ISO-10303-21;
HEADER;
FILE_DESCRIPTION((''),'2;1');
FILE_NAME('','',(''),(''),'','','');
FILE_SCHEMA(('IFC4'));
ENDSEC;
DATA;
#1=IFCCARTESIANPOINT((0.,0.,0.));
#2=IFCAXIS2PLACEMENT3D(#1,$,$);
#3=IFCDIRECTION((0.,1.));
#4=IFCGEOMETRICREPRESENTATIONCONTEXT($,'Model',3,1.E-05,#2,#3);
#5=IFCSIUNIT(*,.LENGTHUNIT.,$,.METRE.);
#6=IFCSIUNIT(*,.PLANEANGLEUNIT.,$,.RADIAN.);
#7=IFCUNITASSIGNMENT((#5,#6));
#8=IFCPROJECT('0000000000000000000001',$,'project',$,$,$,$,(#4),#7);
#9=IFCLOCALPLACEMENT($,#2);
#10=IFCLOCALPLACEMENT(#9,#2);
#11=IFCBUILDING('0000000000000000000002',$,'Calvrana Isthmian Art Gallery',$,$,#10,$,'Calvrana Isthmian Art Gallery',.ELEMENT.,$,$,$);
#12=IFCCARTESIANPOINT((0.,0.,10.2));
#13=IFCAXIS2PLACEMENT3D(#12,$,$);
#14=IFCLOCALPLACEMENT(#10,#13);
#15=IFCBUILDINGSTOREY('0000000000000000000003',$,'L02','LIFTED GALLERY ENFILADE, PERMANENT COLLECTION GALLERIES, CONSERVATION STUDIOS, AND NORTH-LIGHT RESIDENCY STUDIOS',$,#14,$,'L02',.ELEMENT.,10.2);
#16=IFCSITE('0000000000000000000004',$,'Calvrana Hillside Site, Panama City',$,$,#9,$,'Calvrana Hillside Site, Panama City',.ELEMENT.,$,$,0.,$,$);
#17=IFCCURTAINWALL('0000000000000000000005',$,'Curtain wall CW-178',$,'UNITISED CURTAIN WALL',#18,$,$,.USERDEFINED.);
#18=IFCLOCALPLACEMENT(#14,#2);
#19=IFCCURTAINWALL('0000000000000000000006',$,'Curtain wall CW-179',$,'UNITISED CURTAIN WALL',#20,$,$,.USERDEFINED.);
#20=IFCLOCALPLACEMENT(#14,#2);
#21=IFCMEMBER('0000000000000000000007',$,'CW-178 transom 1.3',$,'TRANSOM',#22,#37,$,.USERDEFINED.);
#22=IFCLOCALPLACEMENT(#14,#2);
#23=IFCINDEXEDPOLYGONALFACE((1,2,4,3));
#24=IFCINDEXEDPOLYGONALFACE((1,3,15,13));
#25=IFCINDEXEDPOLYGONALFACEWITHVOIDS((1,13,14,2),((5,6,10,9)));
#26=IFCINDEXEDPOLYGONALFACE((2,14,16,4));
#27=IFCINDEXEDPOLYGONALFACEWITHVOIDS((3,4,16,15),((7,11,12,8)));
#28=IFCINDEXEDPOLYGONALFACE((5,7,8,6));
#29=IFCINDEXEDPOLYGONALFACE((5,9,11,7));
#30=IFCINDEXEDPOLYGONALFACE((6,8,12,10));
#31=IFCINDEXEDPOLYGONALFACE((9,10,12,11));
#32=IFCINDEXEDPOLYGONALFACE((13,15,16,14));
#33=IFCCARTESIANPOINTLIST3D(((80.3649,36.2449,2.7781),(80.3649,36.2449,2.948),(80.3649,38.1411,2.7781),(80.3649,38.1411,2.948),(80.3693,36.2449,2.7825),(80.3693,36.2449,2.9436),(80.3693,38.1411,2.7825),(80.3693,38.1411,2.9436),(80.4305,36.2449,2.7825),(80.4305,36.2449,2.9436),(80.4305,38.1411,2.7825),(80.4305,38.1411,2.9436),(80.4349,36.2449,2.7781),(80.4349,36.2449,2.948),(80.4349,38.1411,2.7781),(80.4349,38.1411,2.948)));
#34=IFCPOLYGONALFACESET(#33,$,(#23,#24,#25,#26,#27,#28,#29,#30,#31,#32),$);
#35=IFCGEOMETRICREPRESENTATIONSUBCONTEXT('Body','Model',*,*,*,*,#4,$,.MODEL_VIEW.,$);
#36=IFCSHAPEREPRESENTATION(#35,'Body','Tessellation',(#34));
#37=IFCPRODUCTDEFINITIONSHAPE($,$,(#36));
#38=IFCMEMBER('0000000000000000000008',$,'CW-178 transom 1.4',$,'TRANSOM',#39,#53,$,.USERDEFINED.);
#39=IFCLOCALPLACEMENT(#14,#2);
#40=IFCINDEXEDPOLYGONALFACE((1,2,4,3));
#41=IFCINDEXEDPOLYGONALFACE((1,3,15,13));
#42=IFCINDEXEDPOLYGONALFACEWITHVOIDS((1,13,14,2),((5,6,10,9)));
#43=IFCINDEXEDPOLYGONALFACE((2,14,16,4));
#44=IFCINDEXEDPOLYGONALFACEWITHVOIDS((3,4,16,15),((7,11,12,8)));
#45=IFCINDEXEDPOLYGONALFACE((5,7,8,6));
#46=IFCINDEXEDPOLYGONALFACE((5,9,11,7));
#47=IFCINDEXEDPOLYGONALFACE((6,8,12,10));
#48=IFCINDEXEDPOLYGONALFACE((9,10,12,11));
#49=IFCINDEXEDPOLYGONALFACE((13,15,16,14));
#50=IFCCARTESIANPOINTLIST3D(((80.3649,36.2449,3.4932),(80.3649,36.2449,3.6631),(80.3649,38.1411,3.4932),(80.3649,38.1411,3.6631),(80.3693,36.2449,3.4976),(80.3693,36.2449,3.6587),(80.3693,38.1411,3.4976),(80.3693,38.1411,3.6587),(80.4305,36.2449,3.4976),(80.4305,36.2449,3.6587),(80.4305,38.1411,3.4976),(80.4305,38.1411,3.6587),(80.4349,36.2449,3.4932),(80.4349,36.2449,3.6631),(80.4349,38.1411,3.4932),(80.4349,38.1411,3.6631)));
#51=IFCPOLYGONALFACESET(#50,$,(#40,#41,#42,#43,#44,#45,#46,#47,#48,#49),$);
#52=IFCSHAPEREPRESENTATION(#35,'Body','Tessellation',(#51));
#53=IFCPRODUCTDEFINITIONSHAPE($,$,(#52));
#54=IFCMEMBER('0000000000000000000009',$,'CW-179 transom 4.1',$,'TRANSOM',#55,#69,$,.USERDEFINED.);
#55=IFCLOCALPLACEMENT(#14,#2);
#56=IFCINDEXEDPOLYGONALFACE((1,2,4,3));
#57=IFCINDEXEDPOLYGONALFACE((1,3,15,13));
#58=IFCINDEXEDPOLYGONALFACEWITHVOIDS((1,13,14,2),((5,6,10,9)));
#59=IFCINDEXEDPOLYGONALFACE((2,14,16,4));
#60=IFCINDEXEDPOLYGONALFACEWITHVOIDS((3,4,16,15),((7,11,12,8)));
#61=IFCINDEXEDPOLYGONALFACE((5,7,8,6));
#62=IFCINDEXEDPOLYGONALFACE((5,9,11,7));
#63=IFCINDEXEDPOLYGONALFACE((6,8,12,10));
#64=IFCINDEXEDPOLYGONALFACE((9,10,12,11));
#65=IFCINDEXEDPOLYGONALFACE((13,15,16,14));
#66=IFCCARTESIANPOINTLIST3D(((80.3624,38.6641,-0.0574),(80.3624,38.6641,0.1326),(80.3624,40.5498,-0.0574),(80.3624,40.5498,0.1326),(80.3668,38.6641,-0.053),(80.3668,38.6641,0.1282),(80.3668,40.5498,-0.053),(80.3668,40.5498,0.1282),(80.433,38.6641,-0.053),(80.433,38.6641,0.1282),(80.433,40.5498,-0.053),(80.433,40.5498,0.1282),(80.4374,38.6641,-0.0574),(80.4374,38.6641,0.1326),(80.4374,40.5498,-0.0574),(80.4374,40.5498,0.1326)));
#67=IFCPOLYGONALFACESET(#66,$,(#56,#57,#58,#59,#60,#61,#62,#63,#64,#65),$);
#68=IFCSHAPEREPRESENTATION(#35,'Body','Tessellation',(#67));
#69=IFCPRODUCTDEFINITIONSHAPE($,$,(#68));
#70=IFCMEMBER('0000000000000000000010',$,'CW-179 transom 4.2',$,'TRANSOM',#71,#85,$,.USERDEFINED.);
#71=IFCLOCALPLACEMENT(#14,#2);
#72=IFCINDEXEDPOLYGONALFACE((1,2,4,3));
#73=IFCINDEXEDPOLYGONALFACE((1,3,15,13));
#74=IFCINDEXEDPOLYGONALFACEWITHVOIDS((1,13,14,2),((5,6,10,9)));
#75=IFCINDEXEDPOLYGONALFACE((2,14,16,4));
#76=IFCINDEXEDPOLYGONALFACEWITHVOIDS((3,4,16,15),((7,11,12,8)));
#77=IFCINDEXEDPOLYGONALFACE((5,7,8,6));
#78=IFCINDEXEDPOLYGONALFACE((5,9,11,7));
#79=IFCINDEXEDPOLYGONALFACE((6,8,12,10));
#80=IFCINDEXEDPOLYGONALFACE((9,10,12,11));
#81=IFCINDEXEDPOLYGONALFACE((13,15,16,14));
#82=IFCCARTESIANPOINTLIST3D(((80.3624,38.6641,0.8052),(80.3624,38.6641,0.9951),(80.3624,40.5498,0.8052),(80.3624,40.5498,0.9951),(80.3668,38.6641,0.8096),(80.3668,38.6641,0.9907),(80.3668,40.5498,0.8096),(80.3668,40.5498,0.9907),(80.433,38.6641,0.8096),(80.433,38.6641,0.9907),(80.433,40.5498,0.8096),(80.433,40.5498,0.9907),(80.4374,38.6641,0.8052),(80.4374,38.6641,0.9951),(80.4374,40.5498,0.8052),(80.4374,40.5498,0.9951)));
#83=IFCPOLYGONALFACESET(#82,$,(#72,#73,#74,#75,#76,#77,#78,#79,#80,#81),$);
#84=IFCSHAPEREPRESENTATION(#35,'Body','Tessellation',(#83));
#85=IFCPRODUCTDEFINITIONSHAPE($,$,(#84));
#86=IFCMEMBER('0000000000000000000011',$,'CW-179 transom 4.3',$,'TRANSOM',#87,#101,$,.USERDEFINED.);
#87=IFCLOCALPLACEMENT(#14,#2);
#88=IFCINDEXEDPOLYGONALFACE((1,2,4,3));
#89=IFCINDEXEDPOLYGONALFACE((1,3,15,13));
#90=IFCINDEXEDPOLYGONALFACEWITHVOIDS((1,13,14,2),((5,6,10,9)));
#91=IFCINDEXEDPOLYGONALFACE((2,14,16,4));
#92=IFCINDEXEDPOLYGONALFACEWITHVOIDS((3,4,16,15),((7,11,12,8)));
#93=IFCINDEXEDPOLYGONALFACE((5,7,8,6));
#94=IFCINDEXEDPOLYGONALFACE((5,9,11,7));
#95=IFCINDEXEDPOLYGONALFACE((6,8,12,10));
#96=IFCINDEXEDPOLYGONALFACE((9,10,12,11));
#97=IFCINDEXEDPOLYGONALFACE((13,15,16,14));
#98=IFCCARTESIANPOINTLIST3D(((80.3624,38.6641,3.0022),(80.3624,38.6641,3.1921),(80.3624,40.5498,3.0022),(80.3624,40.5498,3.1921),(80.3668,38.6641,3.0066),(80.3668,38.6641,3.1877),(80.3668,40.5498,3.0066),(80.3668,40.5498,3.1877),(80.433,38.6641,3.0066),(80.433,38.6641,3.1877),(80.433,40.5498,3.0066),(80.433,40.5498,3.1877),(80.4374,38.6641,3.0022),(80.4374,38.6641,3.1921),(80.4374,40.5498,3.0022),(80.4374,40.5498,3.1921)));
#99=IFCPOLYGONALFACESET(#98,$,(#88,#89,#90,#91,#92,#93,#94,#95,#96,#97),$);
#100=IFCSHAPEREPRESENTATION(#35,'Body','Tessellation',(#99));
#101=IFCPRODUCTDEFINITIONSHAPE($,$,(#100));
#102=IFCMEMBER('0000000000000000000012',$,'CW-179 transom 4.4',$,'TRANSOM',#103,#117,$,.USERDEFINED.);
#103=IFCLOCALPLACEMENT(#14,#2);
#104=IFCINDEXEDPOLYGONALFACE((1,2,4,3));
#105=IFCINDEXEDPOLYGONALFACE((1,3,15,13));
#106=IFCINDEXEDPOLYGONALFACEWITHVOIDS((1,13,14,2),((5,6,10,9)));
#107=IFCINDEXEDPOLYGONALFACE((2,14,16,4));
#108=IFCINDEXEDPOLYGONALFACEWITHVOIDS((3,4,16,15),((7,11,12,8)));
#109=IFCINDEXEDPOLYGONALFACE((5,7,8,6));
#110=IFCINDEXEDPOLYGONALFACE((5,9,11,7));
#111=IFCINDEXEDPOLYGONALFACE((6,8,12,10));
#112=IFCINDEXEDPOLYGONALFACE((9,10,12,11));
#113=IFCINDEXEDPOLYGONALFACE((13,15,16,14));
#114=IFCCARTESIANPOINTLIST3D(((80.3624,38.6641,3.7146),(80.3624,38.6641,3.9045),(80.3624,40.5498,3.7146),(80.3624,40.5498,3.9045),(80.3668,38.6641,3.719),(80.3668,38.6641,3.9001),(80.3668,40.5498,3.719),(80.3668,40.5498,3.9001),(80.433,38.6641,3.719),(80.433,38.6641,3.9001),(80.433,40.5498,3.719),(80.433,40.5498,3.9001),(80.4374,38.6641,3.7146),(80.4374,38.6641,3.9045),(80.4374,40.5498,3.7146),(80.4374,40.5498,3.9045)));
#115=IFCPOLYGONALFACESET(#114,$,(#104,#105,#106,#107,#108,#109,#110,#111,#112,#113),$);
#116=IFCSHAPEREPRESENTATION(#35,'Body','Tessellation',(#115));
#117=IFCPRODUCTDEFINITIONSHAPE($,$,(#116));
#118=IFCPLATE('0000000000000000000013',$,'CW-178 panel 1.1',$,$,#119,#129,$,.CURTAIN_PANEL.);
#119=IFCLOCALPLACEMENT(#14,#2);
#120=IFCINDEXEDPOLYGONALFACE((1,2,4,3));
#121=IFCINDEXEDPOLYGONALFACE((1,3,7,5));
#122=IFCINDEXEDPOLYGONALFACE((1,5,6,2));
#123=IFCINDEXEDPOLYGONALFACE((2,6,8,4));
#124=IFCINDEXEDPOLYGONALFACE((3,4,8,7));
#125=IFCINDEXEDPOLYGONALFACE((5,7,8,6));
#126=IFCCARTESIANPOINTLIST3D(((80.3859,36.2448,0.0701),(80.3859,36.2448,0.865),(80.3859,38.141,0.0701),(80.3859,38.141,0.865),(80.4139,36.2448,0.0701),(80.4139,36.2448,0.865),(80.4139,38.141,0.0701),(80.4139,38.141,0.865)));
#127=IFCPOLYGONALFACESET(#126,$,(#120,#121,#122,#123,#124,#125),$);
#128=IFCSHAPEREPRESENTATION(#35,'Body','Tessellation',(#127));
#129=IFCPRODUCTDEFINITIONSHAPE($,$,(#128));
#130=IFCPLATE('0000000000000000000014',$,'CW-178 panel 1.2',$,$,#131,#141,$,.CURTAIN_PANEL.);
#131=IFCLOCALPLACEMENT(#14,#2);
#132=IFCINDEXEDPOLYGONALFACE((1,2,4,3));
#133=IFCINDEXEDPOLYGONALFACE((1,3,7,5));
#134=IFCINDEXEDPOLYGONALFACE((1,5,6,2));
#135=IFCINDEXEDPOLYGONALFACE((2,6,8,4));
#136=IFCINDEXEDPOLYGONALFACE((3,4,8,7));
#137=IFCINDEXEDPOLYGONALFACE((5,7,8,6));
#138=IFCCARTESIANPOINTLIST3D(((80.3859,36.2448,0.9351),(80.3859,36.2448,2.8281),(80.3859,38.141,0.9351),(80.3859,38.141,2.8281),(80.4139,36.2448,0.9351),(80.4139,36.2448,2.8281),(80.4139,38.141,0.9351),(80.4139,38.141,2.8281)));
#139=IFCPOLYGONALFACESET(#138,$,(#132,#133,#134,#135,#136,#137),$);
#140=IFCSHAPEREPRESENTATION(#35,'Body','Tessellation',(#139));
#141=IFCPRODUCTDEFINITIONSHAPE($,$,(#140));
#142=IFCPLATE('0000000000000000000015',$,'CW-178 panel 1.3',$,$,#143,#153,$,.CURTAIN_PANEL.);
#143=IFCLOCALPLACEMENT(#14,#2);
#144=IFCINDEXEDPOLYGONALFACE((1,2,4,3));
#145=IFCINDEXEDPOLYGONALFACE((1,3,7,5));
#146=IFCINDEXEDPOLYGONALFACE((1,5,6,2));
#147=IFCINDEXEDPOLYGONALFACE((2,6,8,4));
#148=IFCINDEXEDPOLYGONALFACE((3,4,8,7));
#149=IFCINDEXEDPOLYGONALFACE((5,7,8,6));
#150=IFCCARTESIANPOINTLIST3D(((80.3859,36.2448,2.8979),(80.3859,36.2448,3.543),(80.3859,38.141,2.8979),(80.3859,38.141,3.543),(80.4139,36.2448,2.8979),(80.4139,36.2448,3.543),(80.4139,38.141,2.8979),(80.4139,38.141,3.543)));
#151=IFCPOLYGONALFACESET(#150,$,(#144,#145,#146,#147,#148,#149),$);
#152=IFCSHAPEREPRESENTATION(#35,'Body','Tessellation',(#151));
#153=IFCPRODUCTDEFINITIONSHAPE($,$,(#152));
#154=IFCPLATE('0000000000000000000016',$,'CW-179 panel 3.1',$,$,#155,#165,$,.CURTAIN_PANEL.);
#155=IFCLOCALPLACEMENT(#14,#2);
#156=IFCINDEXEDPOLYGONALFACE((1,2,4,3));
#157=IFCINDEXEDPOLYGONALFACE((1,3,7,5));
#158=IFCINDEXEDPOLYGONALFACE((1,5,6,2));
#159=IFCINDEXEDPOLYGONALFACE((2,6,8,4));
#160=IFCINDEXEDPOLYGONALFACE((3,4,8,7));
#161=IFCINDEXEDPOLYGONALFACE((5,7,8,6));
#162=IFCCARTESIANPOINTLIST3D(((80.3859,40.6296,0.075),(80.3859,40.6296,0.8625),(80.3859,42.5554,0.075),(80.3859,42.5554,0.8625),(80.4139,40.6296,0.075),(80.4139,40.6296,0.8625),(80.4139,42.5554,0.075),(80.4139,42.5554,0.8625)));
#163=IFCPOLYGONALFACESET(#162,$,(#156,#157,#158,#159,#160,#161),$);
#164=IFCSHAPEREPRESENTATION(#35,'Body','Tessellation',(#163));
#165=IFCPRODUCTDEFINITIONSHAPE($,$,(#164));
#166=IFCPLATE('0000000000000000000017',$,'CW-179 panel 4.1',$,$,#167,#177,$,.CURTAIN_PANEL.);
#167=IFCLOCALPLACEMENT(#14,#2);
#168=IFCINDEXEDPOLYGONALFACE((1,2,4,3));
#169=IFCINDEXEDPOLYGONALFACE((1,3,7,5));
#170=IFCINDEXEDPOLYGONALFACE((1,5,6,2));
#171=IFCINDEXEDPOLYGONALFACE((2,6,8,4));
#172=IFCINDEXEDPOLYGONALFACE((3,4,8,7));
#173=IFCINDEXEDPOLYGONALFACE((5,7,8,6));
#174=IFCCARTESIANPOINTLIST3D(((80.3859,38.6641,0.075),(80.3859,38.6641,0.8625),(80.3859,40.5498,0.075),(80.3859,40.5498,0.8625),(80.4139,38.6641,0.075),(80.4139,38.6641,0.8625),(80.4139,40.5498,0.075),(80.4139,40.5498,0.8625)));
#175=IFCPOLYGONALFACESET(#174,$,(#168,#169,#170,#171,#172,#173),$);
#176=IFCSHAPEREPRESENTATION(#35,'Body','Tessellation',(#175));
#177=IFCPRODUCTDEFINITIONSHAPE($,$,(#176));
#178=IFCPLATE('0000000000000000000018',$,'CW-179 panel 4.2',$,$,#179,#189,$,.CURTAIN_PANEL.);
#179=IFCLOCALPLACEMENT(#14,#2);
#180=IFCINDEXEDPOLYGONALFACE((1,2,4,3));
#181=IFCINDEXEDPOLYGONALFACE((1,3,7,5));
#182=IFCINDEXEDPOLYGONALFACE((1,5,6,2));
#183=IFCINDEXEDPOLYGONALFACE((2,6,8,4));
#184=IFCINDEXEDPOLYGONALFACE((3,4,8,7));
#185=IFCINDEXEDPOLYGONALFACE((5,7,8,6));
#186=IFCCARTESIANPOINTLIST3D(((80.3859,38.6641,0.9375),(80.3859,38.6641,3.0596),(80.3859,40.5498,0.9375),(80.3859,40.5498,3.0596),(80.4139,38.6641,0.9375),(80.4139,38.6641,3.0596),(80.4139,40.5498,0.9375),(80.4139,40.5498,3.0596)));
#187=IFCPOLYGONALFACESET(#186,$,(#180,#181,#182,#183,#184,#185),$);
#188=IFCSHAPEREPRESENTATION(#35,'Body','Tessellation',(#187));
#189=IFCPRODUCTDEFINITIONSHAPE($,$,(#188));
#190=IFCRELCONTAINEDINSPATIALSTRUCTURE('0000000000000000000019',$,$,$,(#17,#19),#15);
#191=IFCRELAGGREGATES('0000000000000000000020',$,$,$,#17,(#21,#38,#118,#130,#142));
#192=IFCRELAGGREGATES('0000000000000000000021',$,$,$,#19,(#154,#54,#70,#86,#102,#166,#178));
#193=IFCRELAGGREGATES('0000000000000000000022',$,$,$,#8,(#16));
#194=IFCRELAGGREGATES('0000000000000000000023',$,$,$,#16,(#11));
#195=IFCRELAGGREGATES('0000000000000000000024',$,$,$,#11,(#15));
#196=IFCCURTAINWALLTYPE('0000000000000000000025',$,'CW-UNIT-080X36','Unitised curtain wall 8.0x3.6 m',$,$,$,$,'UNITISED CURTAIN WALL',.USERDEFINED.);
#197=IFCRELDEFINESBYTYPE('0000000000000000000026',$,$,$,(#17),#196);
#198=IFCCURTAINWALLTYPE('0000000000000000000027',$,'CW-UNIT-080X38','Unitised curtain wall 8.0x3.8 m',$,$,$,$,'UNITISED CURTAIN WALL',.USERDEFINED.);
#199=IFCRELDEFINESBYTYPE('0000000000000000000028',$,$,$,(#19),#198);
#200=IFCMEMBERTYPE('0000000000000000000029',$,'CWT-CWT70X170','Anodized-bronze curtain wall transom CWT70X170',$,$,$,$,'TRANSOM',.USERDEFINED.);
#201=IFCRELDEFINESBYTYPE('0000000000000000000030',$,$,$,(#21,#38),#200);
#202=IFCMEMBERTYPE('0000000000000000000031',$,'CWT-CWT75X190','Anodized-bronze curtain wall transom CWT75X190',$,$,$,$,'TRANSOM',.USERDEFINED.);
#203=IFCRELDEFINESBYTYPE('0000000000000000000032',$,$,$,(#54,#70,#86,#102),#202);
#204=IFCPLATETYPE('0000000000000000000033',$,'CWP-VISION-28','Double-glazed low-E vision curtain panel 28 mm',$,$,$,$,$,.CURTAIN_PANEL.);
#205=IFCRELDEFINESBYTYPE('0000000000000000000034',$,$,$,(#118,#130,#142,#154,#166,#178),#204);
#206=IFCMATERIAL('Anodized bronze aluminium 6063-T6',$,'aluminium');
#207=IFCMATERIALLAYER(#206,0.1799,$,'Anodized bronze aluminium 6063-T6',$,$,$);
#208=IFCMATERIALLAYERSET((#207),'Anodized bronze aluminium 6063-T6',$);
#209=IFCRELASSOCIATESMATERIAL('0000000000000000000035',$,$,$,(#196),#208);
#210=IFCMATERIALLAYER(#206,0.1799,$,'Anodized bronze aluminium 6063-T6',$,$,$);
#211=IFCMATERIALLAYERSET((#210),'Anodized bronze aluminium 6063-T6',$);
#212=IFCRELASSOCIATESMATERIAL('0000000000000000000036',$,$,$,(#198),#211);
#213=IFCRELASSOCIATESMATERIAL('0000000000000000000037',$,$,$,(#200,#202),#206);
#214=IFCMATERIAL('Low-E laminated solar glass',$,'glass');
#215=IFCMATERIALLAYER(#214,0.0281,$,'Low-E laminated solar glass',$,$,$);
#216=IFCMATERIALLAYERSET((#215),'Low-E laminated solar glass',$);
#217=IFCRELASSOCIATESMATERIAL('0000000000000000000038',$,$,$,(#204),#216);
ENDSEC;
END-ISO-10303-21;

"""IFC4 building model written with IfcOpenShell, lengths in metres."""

from ifc_helpers import new_model, si_unit, direction, frame, origin, origin_2d, place, context, subcontext, project, spatial, rectangle, hollow_rectangle, extrude, material, layer, layer_set, material_profile, profile_set, type_object, element, aggregate, save


model = new_model("IFC4")

# Units and contexts
model_context = context("Model", 3, precision=1e-05, world=origin(), true_north=direction((0.0, 1.0)))
body_context = subcontext(model_context, "Body", "Model", "MODEL_VIEW")
ifc_project = project(units=[si_unit("LENGTHUNIT", "METRE"), si_unit("PLANEANGLEUNIT", "RADIAN")], contexts=[model_context])

# Site, building, storey
site_placement = place(None, origin())
site = spatial("IfcSite", under=ifc_project, at=site_placement, Name="Calvrana Hillside Site, Panama City", LongName="Calvrana Hillside Site, Panama City", CompositionType="ELEMENT", RefElevation=0.0)
building_placement = place(site_placement, origin())
building = spatial("IfcBuilding", under=site, at=building_placement, Name="Calvrana Isthmian Art Gallery", LongName="Calvrana Isthmian Art Gallery", CompositionType="ELEMENT")
storey_placement = place(building_placement, frame((0.0, 0.0, 10.2)))
storey = spatial("IfcBuildingStorey", under=building, at=storey_placement, Name="L02", Description="LIFTED GALLERY ENFILADE, PERMANENT COLLECTION GALLERIES, CONSERVATION STUDIOS, AND NORTH-LIGHT RESIDENCY STUDIOS", LongName="L02", CompositionType="ELEMENT", Elevation=10.2)

# Curtain wall
ifc_material_1 = material(Name="Anodized bronze aluminium 6063-T6", Category="aluminium")
ifc_layer_1 = layer(ifc_material_1, 0.1799, Name="Anodized bronze aluminium 6063-T6")
ifc_layer_set_1 = layer_set([ifc_layer_1], Name="Anodized bronze aluminium 6063-T6")
curtain_wall_type_1 = type_object("IfcCurtainWallType", Name="CW-UNIT-080X36", Description="Unitised curtain wall 8.0x3.6 m", ElementType="UNITISED CURTAIN WALL", PredefinedType="USERDEFINED", material=ifc_layer_set_1)
curtain_wall_1_placement = place(storey_placement, origin())
curtain_wall_1 = element("IfcCurtainWall", 1, at=curtain_wall_1_placement, inside=storey, type_object=curtain_wall_type_1, Name="Curtain wall CW-178", ObjectType="UNITISED CURTAIN WALL", PredefinedType="USERDEFINED")

# Curtain wall
ifc_layer_2 = layer(ifc_material_1, 0.1799, Name="Anodized bronze aluminium 6063-T6")
ifc_layer_set_2 = layer_set([ifc_layer_2], Name="Anodized bronze aluminium 6063-T6")
curtain_wall_type_2 = type_object("IfcCurtainWallType", Name="CW-UNIT-080X38", Description="Unitised curtain wall 8.0x3.8 m", ElementType="UNITISED CURTAIN WALL", PredefinedType="USERDEFINED", material=ifc_layer_set_2)
curtain_wall_2_placement = place(storey_placement, origin())
curtain_wall_2 = element("IfcCurtainWall", 2, at=curtain_wall_2_placement, inside=storey, type_object=curtain_wall_type_2, Name="Curtain wall CW-179", ObjectType="UNITISED CURTAIN WALL", PredefinedType="USERDEFINED")

# Members
ifc_material_profile_1 = material_profile(ifc_material_1, hollow_rectangle(XDim=0.0701, YDim=0.1699, WallThickness=0.0044, at=origin_2d()), Name="CWT70X170")
ifc_profile_set_1 = profile_set([ifc_material_profile_1], Name="Anodized bronze aluminium 6063-T6")
member_type_1 = type_object("IfcMemberType", Name="CWT-CWT70X170", Description="Anodized-bronze curtain wall transom CWT70X170", ElementType="TRANSOM", PredefinedType="USERDEFINED", material=ifc_profile_set_1)
member_1_placement = place(storey_placement, frame((80.3999, 38.1411, 2.863), z_axis=(0.0, -1.0, 0.0), x_axis=(1.0, 0.0, 0.0)))
member_1 = element("IfcMember", 3, at=member_1_placement, type_object=member_type_1, Name="CW-178 transom 1.3", ObjectType="TRANSOM", PredefinedType="USERDEFINED", context=body_context, shape_type="SweptSolid", body=[
    extrude(hollow_rectangle(XDim=0.0701, YDim=0.1699, WallThickness=0.0044, at=origin_2d()), origin(), (0.0, 0.0, 1.0), 1.8962),
])
member_2_placement = place(storey_placement, frame((80.3999, 38.1411, 3.5781), z_axis=(0.0, -1.0, 0.0), x_axis=(1.0, 0.0, 0.0)))
member_2 = element("IfcMember", 4, at=member_2_placement, type_object=member_type_1, Name="CW-178 transom 1.4", ObjectType="TRANSOM", PredefinedType="USERDEFINED", context=body_context, shape_type="SweptSolid", body=[
    extrude(hollow_rectangle(XDim=0.0701, YDim=0.1699, WallThickness=0.0044, at=origin_2d()), origin(), (0.0, 0.0, 1.0), 1.8962),
])
ifc_material_profile_2 = material_profile(ifc_material_1, hollow_rectangle(XDim=0.075, YDim=0.1899, WallThickness=0.0044, at=origin_2d()), Name="CWT75X190")
ifc_profile_set_2 = profile_set([ifc_material_profile_2], Name="Anodized bronze aluminium 6063-T6")
member_type_2 = type_object("IfcMemberType", Name="CWT-CWT75X190", Description="Anodized-bronze curtain wall transom CWT75X190", ElementType="TRANSOM", PredefinedType="USERDEFINED", material=ifc_profile_set_2)
member_3_placement = place(storey_placement, frame((80.3999, 40.5498, 0.0376), z_axis=(0.0, -1.0, 0.0), x_axis=(1.0, 0.0, 0.0)))
member_3 = element("IfcMember", 5, at=member_3_placement, type_object=member_type_2, Name="CW-179 transom 4.1", ObjectType="TRANSOM", PredefinedType="USERDEFINED", context=body_context, shape_type="SweptSolid", body=[
    extrude(hollow_rectangle(XDim=0.075, YDim=0.1899, WallThickness=0.0044, at=origin_2d()), origin(), (0.0, 0.0, 1.0), 1.8857),
])
member_4_placement = place(storey_placement, frame((80.3999, 40.5498, 0.9001), z_axis=(0.0, -1.0, 0.0), x_axis=(1.0, 0.0, 0.0)))
member_4 = element("IfcMember", 6, at=member_4_placement, type_object=member_type_2, Name="CW-179 transom 4.2", ObjectType="TRANSOM", PredefinedType="USERDEFINED", context=body_context, shape_type="SweptSolid", body=[
    extrude(hollow_rectangle(XDim=0.075, YDim=0.1899, WallThickness=0.0044, at=origin_2d()), origin(), (0.0, 0.0, 1.0), 1.8857),
])
member_5_placement = place(storey_placement, frame((80.3999, 40.5498, 3.0972), z_axis=(0.0, -1.0, 0.0), x_axis=(1.0, 0.0, 0.0)))
member_5 = element("IfcMember", 7, at=member_5_placement, type_object=member_type_2, Name="CW-179 transom 4.3", ObjectType="TRANSOM", PredefinedType="USERDEFINED", context=body_context, shape_type="SweptSolid", body=[
    extrude(hollow_rectangle(XDim=0.075, YDim=0.1899, WallThickness=0.0044, at=origin_2d()), origin(), (0.0, 0.0, 1.0), 1.8857),
])
member_6_placement = place(storey_placement, frame((80.3999, 40.5498, 3.8096), z_axis=(0.0, -1.0, 0.0), x_axis=(1.0, 0.0, 0.0)))
member_6 = element("IfcMember", 8, at=member_6_placement, type_object=member_type_2, Name="CW-179 transom 4.4", ObjectType="TRANSOM", PredefinedType="USERDEFINED", context=body_context, shape_type="SweptSolid", body=[
    extrude(hollow_rectangle(XDim=0.075, YDim=0.1899, WallThickness=0.0044, at=origin_2d()), origin(), (0.0, 0.0, 1.0), 1.8857),
])

# Plates
ifc_material_2 = material(Name="Low-E laminated solar glass", Category="glass")
ifc_layer_3 = layer(ifc_material_2, 0.0281, Name="Low-E laminated solar glass")
ifc_layer_set_3 = layer_set([ifc_layer_3], Name="Low-E laminated solar glass")
plate_type = type_object("IfcPlateType", Name="CWP-VISION-28", Description="Double-glazed low-E vision curtain panel 28 mm", PredefinedType="CURTAIN_PANEL", material=ifc_layer_set_3)
plate_1_placement = place(storey_placement, frame((80.3999, 37.1929, 0.0701), z_axis=(0.0, 0.0, 1.0), x_axis=(0.0, -1.0, 0.0)))
plate_1 = element("IfcPlate", 9, at=plate_1_placement, type_object=plate_type, Name="CW-178 panel 1.1", PredefinedType="CURTAIN_PANEL", context=body_context, shape_type="SweptSolid", body=[
    extrude(rectangle(XDim=1.8962, YDim=0.0281, at=origin_2d()), origin(), (0.0, 0.0, 1.0), 0.7949),
])
plate_2_placement = place(storey_placement, frame((80.3999, 37.1929, 0.9351), z_axis=(0.0, 0.0, 1.0), x_axis=(0.0, -1.0, 0.0)))
plate_2 = element("IfcPlate", 10, at=plate_2_placement, type_object=plate_type, Name="CW-178 panel 1.2", PredefinedType="CURTAIN_PANEL", context=body_context, shape_type="SweptSolid", body=[
    extrude(rectangle(XDim=1.8962, YDim=0.0281, at=origin_2d()), origin(), (0.0, 0.0, 1.0), 1.8931),
])
plate_3_placement = place(storey_placement, frame((80.3999, 37.1929, 2.8979), z_axis=(0.0, 0.0, 1.0), x_axis=(0.0, -1.0, 0.0)))
plate_3 = element("IfcPlate", 11, at=plate_3_placement, type_object=plate_type, Name="CW-178 panel 1.3", PredefinedType="CURTAIN_PANEL", context=body_context, shape_type="SweptSolid", body=[
    extrude(rectangle(XDim=1.8962, YDim=0.0281, at=origin_2d()), origin(), (0.0, 0.0, 1.0), 0.645),
])
aggregate(curtain_wall_1, [member_1, member_2, plate_1, plate_2, plate_3])
plate_4_placement = place(storey_placement, frame((80.3999, 41.5925, 0.075), z_axis=(0.0, 0.0, 1.0), x_axis=(0.0, -1.0, 0.0)))
plate_4 = element("IfcPlate", 12, at=plate_4_placement, type_object=plate_type, Name="CW-179 panel 3.1", PredefinedType="CURTAIN_PANEL", context=body_context, shape_type="SweptSolid", body=[
    extrude(rectangle(XDim=1.9258, YDim=0.0281, at=origin_2d()), origin(), (0.0, 0.0, 1.0), 0.7876),
])
plate_5_placement = place(storey_placement, frame((80.3999, 39.6069, 0.075), z_axis=(0.0, 0.0, 1.0), x_axis=(0.0, -1.0, 0.0)))
plate_5 = element("IfcPlate", 13, at=plate_5_placement, type_object=plate_type, Name="CW-179 panel 4.1", PredefinedType="CURTAIN_PANEL", context=body_context, shape_type="SweptSolid", body=[
    extrude(rectangle(XDim=1.8857, YDim=0.0281, at=origin_2d()), origin(), (0.0, 0.0, 1.0), 0.7876),
])
plate_6_placement = place(storey_placement, frame((80.3999, 39.6069, 0.9375), z_axis=(0.0, 0.0, 1.0), x_axis=(0.0, -1.0, 0.0)))
plate_6 = element("IfcPlate", 14, at=plate_6_placement, type_object=plate_type, Name="CW-179 panel 4.2", PredefinedType="CURTAIN_PANEL", context=body_context, shape_type="SweptSolid", body=[
    extrude(rectangle(XDim=1.8857, YDim=0.0281, at=origin_2d()), origin(), (0.0, 0.0, 1.0), 2.1221),
])
aggregate(curtain_wall_2, [plate_4, member_3, member_4, member_5, member_6, plate_5, plate_6])

save(model, "model.ifc")
